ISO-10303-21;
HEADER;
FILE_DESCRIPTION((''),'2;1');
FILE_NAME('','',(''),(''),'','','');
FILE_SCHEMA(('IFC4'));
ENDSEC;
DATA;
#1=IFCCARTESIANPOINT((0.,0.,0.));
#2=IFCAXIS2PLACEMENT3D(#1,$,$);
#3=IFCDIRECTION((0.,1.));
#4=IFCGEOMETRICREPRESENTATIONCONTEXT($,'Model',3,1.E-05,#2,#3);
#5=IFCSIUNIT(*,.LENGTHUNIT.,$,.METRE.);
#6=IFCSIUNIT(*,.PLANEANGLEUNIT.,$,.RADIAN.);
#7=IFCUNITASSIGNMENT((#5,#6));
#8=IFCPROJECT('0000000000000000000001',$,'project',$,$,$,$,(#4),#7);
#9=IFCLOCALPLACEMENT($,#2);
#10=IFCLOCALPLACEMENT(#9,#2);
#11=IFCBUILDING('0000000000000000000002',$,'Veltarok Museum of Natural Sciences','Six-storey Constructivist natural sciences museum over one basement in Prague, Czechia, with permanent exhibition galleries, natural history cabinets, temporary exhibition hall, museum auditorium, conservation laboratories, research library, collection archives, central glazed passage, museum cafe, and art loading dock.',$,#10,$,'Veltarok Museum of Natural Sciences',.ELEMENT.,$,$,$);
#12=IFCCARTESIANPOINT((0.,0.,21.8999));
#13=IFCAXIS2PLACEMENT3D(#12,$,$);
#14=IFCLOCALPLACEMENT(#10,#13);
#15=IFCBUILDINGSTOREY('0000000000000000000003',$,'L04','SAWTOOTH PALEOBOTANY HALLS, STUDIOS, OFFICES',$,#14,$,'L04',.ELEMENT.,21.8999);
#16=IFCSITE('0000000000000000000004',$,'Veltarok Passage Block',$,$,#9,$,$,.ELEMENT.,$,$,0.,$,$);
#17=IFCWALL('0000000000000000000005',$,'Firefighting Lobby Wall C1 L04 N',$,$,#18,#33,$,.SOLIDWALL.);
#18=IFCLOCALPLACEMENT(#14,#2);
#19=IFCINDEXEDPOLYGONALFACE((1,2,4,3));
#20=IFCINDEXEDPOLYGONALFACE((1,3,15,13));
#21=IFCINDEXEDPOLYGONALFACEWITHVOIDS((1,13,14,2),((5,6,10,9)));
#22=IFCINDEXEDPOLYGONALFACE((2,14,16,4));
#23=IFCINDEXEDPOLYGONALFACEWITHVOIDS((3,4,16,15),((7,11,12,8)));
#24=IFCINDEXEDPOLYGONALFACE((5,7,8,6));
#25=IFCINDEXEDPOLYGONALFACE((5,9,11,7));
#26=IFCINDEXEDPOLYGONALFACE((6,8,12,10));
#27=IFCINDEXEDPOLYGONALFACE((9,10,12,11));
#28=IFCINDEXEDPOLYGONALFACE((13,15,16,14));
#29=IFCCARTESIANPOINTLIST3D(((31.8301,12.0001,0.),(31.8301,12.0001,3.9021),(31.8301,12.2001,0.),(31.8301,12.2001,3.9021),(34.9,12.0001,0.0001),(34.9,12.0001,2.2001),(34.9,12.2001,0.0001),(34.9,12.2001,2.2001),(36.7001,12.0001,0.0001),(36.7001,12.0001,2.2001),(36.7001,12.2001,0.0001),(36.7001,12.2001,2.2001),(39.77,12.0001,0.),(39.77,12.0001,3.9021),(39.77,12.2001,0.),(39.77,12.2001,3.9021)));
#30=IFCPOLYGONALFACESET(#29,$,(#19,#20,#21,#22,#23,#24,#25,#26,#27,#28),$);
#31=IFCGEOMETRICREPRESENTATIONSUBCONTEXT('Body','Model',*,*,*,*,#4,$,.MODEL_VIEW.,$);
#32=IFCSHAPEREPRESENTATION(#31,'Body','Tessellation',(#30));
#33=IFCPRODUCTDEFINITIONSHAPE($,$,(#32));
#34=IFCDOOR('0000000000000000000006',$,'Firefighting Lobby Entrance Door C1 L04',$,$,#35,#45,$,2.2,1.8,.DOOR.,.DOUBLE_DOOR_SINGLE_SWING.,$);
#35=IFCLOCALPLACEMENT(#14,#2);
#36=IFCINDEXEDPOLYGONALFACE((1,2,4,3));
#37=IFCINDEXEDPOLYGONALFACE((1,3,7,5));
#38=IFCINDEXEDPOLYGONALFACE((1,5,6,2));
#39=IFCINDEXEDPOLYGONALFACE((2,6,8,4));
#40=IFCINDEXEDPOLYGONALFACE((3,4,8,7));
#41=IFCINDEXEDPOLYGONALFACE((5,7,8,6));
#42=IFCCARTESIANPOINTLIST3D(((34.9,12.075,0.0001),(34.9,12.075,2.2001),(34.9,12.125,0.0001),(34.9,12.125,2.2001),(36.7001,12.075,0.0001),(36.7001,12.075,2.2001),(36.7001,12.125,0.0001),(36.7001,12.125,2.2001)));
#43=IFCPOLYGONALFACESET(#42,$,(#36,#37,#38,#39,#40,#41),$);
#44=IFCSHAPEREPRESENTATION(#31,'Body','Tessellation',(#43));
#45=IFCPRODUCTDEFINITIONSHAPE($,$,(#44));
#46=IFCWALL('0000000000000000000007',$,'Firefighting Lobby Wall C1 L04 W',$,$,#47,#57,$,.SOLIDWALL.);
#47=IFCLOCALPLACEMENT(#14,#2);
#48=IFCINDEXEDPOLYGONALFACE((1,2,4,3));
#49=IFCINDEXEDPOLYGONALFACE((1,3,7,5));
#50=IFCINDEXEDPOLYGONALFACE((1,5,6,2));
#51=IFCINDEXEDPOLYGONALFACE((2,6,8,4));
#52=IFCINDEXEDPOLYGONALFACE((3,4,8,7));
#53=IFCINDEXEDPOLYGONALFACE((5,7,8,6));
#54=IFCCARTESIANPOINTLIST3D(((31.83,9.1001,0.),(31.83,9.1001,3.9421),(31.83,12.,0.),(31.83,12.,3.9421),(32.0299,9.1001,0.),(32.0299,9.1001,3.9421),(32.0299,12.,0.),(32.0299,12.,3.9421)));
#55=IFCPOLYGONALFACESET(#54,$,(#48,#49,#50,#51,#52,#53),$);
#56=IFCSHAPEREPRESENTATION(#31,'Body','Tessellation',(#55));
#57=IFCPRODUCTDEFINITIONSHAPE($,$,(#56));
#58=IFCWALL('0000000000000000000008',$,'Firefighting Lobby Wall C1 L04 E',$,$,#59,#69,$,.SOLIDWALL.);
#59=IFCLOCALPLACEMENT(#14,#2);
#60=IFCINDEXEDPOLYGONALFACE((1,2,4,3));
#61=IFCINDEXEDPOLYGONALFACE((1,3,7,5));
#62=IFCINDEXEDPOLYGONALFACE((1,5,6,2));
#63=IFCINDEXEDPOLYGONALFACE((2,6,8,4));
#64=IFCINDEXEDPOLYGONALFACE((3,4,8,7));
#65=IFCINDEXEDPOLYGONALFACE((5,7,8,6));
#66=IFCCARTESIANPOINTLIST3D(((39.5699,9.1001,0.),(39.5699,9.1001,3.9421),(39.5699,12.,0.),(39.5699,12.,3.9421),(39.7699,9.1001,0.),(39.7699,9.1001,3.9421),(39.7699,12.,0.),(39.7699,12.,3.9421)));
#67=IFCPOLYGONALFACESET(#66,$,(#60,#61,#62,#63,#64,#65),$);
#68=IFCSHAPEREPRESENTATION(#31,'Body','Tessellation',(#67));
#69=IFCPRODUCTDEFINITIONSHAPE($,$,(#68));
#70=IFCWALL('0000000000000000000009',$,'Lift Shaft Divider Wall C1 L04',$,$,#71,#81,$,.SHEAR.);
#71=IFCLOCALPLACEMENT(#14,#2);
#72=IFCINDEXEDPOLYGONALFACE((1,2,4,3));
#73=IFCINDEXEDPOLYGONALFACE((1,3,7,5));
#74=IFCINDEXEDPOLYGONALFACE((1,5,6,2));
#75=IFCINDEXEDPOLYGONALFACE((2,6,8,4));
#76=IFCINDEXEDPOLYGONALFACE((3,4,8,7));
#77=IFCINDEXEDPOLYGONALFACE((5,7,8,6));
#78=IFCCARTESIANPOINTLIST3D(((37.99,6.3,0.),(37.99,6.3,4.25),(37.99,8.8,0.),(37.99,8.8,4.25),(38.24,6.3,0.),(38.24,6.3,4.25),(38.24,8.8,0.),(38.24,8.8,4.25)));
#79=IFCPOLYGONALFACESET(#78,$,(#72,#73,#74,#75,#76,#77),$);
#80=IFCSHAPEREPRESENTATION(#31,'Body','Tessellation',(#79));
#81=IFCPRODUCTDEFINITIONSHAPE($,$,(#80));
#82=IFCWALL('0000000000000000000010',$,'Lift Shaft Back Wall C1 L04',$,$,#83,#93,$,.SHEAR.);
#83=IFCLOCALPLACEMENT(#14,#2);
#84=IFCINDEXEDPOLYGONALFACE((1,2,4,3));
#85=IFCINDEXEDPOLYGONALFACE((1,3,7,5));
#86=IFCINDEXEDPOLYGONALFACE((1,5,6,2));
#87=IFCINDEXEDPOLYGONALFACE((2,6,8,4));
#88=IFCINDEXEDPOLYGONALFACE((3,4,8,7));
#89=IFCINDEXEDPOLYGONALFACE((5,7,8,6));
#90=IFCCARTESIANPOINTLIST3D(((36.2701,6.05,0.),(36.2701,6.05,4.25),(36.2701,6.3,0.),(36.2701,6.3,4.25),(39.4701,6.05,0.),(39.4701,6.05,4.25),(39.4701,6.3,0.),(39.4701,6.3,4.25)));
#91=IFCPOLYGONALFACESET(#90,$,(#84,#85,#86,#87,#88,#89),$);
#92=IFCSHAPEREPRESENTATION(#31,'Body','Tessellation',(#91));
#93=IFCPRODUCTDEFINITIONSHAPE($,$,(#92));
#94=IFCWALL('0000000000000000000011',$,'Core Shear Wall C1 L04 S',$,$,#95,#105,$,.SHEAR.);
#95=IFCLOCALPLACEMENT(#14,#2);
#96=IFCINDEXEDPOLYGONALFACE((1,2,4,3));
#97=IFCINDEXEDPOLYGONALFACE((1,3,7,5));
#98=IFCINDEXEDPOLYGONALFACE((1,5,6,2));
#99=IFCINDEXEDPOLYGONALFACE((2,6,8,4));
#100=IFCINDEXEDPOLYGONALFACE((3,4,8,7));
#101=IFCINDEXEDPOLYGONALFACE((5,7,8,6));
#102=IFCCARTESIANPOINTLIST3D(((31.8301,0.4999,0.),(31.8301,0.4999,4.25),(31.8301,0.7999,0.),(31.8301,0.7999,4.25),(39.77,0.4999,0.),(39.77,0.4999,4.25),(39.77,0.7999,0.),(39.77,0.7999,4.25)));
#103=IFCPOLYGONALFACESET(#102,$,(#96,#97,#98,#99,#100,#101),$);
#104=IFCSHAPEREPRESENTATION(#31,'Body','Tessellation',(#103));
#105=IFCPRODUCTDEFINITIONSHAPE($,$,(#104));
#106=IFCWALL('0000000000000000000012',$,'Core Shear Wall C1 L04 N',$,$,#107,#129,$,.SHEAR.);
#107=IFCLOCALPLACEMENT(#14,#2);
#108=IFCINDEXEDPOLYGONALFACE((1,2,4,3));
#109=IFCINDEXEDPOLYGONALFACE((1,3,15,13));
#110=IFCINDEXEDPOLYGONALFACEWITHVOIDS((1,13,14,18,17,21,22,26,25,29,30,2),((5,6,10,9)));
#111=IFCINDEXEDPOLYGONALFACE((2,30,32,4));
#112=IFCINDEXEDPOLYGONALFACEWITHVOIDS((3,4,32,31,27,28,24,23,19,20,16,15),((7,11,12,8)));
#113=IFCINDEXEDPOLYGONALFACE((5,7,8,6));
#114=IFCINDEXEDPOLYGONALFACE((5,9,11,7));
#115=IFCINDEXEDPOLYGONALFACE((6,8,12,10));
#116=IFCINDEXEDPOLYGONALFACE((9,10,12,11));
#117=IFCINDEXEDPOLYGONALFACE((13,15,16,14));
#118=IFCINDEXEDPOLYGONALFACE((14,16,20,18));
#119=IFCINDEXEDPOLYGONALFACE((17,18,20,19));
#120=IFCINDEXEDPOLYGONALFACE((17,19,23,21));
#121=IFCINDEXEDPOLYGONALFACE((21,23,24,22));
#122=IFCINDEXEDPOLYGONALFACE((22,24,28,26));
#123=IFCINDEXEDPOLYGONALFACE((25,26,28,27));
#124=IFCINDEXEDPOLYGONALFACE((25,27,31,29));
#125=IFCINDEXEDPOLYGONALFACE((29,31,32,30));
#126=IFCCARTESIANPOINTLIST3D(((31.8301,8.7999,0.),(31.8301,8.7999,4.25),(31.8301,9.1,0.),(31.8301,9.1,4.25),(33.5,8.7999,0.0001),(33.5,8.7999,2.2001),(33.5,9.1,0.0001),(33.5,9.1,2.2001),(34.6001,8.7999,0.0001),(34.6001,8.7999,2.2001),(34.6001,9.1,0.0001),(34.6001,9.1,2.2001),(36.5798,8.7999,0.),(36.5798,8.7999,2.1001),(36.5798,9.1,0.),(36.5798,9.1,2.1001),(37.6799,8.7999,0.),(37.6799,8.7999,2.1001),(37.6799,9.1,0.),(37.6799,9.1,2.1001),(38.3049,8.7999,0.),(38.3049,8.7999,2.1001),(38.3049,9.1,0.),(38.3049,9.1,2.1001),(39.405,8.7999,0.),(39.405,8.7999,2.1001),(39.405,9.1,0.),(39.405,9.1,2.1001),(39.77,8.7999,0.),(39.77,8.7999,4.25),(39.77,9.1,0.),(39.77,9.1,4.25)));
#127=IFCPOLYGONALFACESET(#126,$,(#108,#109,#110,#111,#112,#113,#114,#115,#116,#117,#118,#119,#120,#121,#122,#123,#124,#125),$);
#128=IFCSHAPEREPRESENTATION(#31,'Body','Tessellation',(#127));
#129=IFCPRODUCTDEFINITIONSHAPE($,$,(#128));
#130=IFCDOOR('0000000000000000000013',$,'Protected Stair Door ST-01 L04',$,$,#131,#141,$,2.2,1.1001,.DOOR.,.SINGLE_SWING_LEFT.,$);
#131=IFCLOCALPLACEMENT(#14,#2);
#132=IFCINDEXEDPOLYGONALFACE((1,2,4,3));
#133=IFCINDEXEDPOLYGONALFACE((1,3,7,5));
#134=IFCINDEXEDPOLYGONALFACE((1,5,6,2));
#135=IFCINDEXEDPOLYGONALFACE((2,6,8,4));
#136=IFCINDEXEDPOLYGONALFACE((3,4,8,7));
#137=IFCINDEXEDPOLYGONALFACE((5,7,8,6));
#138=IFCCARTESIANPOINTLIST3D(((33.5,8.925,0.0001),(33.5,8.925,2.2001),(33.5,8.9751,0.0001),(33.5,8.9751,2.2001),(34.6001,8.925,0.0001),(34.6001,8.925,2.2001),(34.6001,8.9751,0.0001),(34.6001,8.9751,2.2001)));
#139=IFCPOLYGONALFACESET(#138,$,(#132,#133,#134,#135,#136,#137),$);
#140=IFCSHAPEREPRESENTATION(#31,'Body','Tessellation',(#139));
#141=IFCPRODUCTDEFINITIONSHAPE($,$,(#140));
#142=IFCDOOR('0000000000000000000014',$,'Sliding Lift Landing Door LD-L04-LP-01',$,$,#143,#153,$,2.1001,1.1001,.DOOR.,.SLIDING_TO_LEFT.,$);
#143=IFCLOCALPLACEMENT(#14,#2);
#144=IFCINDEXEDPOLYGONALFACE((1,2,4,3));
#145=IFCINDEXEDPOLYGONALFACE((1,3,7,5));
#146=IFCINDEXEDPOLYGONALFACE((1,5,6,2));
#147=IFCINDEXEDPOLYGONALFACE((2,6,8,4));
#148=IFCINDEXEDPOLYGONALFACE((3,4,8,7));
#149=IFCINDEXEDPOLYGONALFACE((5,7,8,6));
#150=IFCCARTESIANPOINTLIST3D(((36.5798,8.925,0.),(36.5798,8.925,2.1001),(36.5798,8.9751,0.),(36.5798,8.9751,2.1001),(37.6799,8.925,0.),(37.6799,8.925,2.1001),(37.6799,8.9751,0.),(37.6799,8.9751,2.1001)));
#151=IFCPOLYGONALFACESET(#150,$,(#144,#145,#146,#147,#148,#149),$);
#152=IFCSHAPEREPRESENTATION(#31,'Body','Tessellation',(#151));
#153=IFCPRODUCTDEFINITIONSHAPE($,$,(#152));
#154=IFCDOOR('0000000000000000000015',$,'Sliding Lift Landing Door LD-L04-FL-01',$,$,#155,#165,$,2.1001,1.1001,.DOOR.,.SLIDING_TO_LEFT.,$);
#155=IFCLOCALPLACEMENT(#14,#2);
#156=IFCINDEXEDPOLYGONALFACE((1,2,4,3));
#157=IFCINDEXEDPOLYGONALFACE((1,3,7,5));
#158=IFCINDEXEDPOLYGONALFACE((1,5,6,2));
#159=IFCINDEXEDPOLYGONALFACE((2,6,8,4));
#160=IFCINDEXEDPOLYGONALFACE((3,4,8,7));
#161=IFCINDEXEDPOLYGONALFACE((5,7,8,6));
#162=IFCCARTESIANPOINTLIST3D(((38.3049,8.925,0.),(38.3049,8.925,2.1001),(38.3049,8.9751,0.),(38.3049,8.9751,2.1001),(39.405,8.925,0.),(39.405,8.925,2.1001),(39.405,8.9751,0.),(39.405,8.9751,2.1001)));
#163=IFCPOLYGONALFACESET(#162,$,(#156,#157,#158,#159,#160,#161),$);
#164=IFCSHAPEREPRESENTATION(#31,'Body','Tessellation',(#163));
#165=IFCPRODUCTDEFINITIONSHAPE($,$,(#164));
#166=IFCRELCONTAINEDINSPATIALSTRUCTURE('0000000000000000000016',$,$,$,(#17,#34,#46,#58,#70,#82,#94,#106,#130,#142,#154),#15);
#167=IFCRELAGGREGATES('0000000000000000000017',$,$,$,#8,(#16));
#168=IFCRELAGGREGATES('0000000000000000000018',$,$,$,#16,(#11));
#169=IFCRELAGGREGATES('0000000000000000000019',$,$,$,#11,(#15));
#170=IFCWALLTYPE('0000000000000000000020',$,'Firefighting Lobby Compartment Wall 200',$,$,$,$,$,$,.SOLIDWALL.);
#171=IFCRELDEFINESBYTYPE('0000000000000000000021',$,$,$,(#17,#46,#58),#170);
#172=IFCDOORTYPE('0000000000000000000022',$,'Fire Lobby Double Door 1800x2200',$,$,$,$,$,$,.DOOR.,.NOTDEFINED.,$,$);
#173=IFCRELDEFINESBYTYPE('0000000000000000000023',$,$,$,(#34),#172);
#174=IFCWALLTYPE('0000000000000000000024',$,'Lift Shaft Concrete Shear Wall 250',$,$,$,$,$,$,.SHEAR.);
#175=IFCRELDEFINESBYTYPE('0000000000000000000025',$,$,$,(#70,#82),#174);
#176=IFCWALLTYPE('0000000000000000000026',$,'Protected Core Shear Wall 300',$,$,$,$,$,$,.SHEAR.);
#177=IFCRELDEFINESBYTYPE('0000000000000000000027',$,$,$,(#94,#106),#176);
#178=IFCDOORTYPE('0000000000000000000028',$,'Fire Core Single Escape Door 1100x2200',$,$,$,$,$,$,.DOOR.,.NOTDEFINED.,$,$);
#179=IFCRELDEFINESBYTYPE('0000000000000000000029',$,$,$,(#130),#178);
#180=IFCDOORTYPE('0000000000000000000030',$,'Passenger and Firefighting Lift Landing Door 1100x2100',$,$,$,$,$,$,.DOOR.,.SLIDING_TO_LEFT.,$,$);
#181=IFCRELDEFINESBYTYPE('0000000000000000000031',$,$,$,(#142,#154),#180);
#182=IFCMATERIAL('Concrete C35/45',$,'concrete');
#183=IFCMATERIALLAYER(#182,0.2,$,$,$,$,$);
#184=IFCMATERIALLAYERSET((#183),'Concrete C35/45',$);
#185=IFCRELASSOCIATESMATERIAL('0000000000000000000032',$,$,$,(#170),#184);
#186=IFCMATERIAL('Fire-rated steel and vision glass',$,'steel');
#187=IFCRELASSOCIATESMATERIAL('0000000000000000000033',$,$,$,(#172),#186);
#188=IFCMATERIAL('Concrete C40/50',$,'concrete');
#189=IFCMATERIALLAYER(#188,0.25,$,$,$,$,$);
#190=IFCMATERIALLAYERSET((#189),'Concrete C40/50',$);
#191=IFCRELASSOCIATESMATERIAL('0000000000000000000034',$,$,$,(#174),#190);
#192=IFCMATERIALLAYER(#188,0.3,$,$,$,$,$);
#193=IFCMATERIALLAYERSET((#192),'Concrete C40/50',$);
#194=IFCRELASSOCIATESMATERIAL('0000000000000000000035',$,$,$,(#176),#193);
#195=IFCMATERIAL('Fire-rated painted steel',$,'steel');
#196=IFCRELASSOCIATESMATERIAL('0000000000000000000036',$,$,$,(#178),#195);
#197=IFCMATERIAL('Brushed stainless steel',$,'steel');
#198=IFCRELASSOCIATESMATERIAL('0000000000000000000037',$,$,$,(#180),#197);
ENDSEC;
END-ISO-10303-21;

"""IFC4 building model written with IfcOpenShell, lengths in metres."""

from ifc_helpers import new_model, si_unit, direction, frame, frame_2d, origin, place, context, subcontext, project, spatial, rectangle, extrude, material, layer, layer_set, type_object, element, fill, save


model = new_model("IFC4")

# Units and contexts
model_context = context("Model", 3, precision=1e-05, world=origin(), true_north=direction((0.0, 1.0)))
body_context = subcontext(model_context, "Body", "Model", "MODEL_VIEW")
ifc_project = project(units=[si_unit("LENGTHUNIT", "METRE"), si_unit("PLANEANGLEUNIT", "RADIAN")], contexts=[model_context])

# Site, building, storey
site_placement = place(None, origin())
site = spatial("IfcSite", under=ifc_project, at=site_placement, Name="Veltarok Passage Block", CompositionType="ELEMENT", RefElevation=0.0)
building_placement = place(site_placement, origin())
building = spatial("IfcBuilding", under=site, at=building_placement, Name="Veltarok Museum of Natural Sciences", Description="Six-storey Constructivist natural sciences museum over one basement in Prague, Czechia, with permanent exhibition galleries, natural history cabinets, temporary exhibition hall, museum auditorium, conservation laboratories, research library, collection archives, central glazed passage, museum cafe, and art loading dock.", LongName="Veltarok Museum of Natural Sciences", CompositionType="ELEMENT")
storey_placement = place(building_placement, frame((0.0, 0.0, 21.8999)))
storey = spatial("IfcBuildingStorey", under=building, at=storey_placement, Name="L04", Description="SAWTOOTH PALEOBOTANY HALLS, STUDIOS, OFFICES", LongName="L04", CompositionType="ELEMENT", Elevation=21.8999)

# Shared definitions
ifc_material_1 = material(Name="Concrete C40/50", Category="concrete")

# Wall, opening, door
ifc_material_2 = material(Name="Concrete C35/45", Category="concrete")
ifc_layer_1 = layer(ifc_material_2, 0.2)
ifc_layer_set_1 = layer_set([ifc_layer_1], Name="Concrete C35/45")
wall_type_1 = type_object("IfcWallType", Name="Firefighting Lobby Compartment Wall 200", PredefinedType="SOLIDWALL", material=ifc_layer_set_1)
wall_1_placement = place(storey_placement, frame((31.8301, 12.1001, 0.0), z_axis=(0.0, 0.0, 1.0), x_axis=(1.0, 0.0, 0.0)))
wall_1 = element("IfcWall", 1, at=wall_1_placement, inside=storey, type_object=wall_type_1, Name="Firefighting Lobby Wall C1 L04 N", PredefinedType="SOLIDWALL", context=body_context, shape_type="SweptSolid", body=[
    extrude(rectangle(XDim=7.9399, YDim=0.2, at=frame_2d((3.97, 0.0))), origin(), (0.0, 0.0, 1.0), 3.9021),
])
opening_1_placement = place(wall_1_placement, frame((3.0701, 0.0, 0.0)))
opening_1 = element("IfcOpeningElement", 2, at=opening_1_placement, cuts=wall_1, PredefinedType="OPENING", context=body_context, shape_type="SweptSolid", body=[
    extrude(rectangle(XDim=1.8, YDim=2.2, at=frame_2d((0.8999, 1.1001))), frame((0.0, 0.1099, 0.0), z_axis=(0.0, -1.0, 0.0), x_axis=(1.0, 0.0, 0.0)), (0.0, 0.0, 1.0), 0.22),
])
ifc_material_3 = material(Name="Fire-rated steel and vision glass", Category="steel")
door_type_1 = type_object("IfcDoorType", Name="Fire Lobby Double Door 1800x2200", OperationType="NOTDEFINED", PredefinedType="DOOR", material=ifc_material_3)
door_1_placement = place(opening_1_placement, origin())
door_1 = element("IfcDoor", 3, at=door_1_placement, inside=storey, type_object=door_type_1, Name="Firefighting Lobby Entrance Door C1 L04", OperationType="DOUBLE_DOOR_SINGLE_SWING", OverallHeight=2.2, OverallWidth=1.8, PredefinedType="DOOR", context=body_context, shape_type="SweptSolid", body=[
    extrude(rectangle(XDim=1.8, YDim=2.2, at=frame_2d((0.8999, 1.1001))), frame((0.0, 0.0249, 0.0), z_axis=(0.0, -1.0, 0.0), x_axis=(1.0, 0.0, 0.0)), (0.0, 0.0, 1.0), 0.05),
])
fill(opening_1, door_1)

# Walls
for number, where, z_axis, x_axis, name in (
    (4, (31.9299, 9.1001, 0.0), (0.0, 0.0, 1.0), (0.0, 1.0, 0.0), "Firefighting Lobby Wall C1 L04 W"),
    (5, (39.6699, 12.0, 0.0), (0.0, 0.0, 1.0), (0.0, -1.0, 0.0), "Firefighting Lobby Wall C1 L04 E"),
):
    element("IfcWall", number, at=place(storey_placement, frame(where, z_axis=z_axis, x_axis=x_axis)), inside=storey, type_object=wall_type_1, Name=name, PredefinedType="SOLIDWALL", context=body_context, shape_type="SweptSolid", body=[
        extrude(rectangle(XDim=2.8999, YDim=0.2, at=frame_2d((1.45, 0.0))), origin(), (0.0, 0.0, 1.0), 3.9421),
    ])
ifc_layer_2 = layer(ifc_material_1, 0.25)
ifc_layer_set_2 = layer_set([ifc_layer_2], Name="Concrete C40/50")
wall_type_2 = type_object("IfcWallType", Name="Lift Shaft Concrete Shear Wall 250", PredefinedType="SHEAR", material=ifc_layer_set_2)
wall_2_placement = place(storey_placement, frame((38.115, 6.3, 0.0), z_axis=(0.0, 0.0, 1.0), x_axis=(0.0, 1.0, 0.0)))
element("IfcWall", 6, at=wall_2_placement, inside=storey, type_object=wall_type_2, Name="Lift Shaft Divider Wall C1 L04", PredefinedType="SHEAR", context=body_context, shape_type="SweptSolid", body=[
    extrude(rectangle(XDim=2.5, YDim=0.25, at=frame_2d((1.25, 0.0))), origin(), (0.0, 0.0, 1.0), 4.25),
])
wall_3_placement = place(storey_placement, frame((36.27, 6.175, 0.0), z_axis=(0.0, 0.0, 1.0), x_axis=(1.0, 0.0, 0.0)))
element("IfcWall", 7, at=wall_3_placement, inside=storey, type_object=wall_type_2, Name="Lift Shaft Back Wall C1 L04", PredefinedType="SHEAR", context=body_context, shape_type="SweptSolid", body=[
    extrude(rectangle(XDim=3.2, YDim=0.25, at=frame_2d((1.6001, 0.0))), origin(), (0.0, 0.0, 1.0), 4.25),
])
ifc_layer_3 = layer(ifc_material_1, 0.3)
ifc_layer_set_3 = layer_set([ifc_layer_3], Name="Concrete C40/50")
wall_type_3 = type_object("IfcWallType", Name="Protected Core Shear Wall 300", PredefinedType="SHEAR", material=ifc_layer_set_3)
wall_4_placement = place(storey_placement, frame((31.8301, 0.6499, 0.0), z_axis=(0.0, 0.0, 1.0), x_axis=(1.0, 0.0, 0.0)))
element("IfcWall", 8, at=wall_4_placement, inside=storey, type_object=wall_type_3, Name="Core Shear Wall C1 L04 S", PredefinedType="SHEAR", context=body_context, shape_type="SweptSolid", body=[
    extrude(rectangle(XDim=7.9399, YDim=0.3, at=frame_2d((3.97, 0.0))), origin(), (0.0, 0.0, 1.0), 4.25),
])

# Wall, openings, doors
wall_5_placement = place(storey_placement, frame((39.77, 8.95, 0.0), z_axis=(0.0, 0.0, 1.0), x_axis=(-1.0, 0.0, 0.0)))
wall_5 = element("IfcWall", 9, at=wall_5_placement, inside=storey, type_object=wall_type_3, Name="Core Shear Wall C1 L04 N", PredefinedType="SHEAR", context=body_context, shape_type="SweptSolid", body=[
    extrude(rectangle(XDim=7.9399, YDim=0.3, at=frame_2d((3.97, 0.0))), origin(), (0.0, 0.0, 1.0), 4.25),
])
opening_2_placement = place(wall_5_placement, frame((5.1699, 0.0, 0.0)))
opening_2 = element("IfcOpeningElement", 10, at=opening_2_placement, cuts=wall_5, PredefinedType="OPENING", context=body_context, shape_type="SweptSolid", body=[
    extrude(rectangle(XDim=1.1001, YDim=2.2, at=frame_2d((0.55, 1.1001))), frame((0.0, 0.1602, 0.0), z_axis=(0.0, -1.0, 0.0), x_axis=(1.0, 0.0, 0.0)), (0.0, 0.0, 1.0), 0.3201),
])
opening_3_placement = place(wall_5_placement, frame((2.0901, 0.0, 0.0)))
opening_3 = element("IfcOpeningElement", 11, at=opening_3_placement, cuts=wall_5, PredefinedType="OPENING", context=body_context, shape_type="SweptSolid", body=[
    extrude(rectangle(XDim=1.1001, YDim=2.1001, at=frame_2d((0.55, 1.05))), frame((0.0, 0.1602, 0.0), z_axis=(0.0, -1.0, 0.0), x_axis=(1.0, 0.0, 0.0)), (0.0, 0.0, 1.0), 0.3201),
])
opening_4_placement = place(wall_5_placement, frame((0.365, 0.0, 0.0)))
opening_4 = element("IfcOpeningElement", 12, at=opening_4_placement, cuts=wall_5, PredefinedType="OPENING", context=body_context, shape_type="SweptSolid", body=[
    extrude(rectangle(XDim=1.1001, YDim=2.1001, at=frame_2d((0.55, 1.05))), frame((0.0, 0.1602, 0.0), z_axis=(0.0, -1.0, 0.0), x_axis=(1.0, 0.0, 0.0)), (0.0, 0.0, 1.0), 0.3201),
])
ifc_material_4 = material(Name="Fire-rated painted steel", Category="steel")
door_type_2 = type_object("IfcDoorType", Name="Fire Core Single Escape Door 1100x2200", OperationType="NOTDEFINED", PredefinedType="DOOR", material=ifc_material_4)
door_2_placement = place(opening_2_placement, origin())
door_2 = element("IfcDoor", 13, at=door_2_placement, inside=storey, type_object=door_type_2, Name="Protected Stair Door ST-01 L04", OperationType="SINGLE_SWING_LEFT", OverallHeight=2.2, OverallWidth=1.1001, PredefinedType="DOOR", context=body_context, shape_type="SweptSolid", body=[
    extrude(rectangle(XDim=1.1001, YDim=2.2, at=frame_2d((0.55, 1.1001))), frame((0.0, 0.0249, 0.0), z_axis=(0.0, -1.0, 0.0), x_axis=(1.0, 0.0, 0.0)), (0.0, 0.0, 1.0), 0.05),
])
fill(opening_2, door_2)
ifc_material_5 = material(Name="Brushed stainless steel", Category="steel")
door_type_3 = type_object("IfcDoorType", Name="Passenger and Firefighting Lift Landing Door 1100x2100", OperationType="SLIDING_TO_LEFT", PredefinedType="DOOR", material=ifc_material_5)
door_3_placement = place(opening_3_placement, origin())
door_3 = element("IfcDoor", 14, at=door_3_placement, inside=storey, type_object=door_type_3, Name="Sliding Lift Landing Door LD-L04-LP-01", OperationType="SLIDING_TO_LEFT", OverallHeight=2.1001, OverallWidth=1.1001, PredefinedType="DOOR", context=body_context, shape_type="SweptSolid", body=[
    extrude(rectangle(XDim=1.1001, YDim=2.1001, at=frame_2d((0.55, 1.05))), frame((0.0, 0.0249, 0.0), z_axis=(0.0, -1.0, 0.0), x_axis=(1.0, 0.0, 0.0)), (0.0, 0.0, 1.0), 0.05),
])
fill(opening_3, door_3)
door_4_placement = place(opening_4_placement, origin())
door_4 = element("IfcDoor", 15, at=door_4_placement, inside=storey, type_object=door_type_3, Name="Sliding Lift Landing Door LD-L04-FL-01", OperationType="SLIDING_TO_LEFT", OverallHeight=2.1001, OverallWidth=1.1001, PredefinedType="DOOR", context=body_context, shape_type="SweptSolid", body=[
    extrude(rectangle(XDim=1.1001, YDim=2.1001, at=frame_2d((0.55, 1.05))), frame((0.0, 0.0249, 0.0), z_axis=(0.0, -1.0, 0.0), x_axis=(1.0, 0.0, 0.0)), (0.0, 0.0, 1.0), 0.05),
])
fill(opening_4, door_4)

save(model, "model.ifc")
